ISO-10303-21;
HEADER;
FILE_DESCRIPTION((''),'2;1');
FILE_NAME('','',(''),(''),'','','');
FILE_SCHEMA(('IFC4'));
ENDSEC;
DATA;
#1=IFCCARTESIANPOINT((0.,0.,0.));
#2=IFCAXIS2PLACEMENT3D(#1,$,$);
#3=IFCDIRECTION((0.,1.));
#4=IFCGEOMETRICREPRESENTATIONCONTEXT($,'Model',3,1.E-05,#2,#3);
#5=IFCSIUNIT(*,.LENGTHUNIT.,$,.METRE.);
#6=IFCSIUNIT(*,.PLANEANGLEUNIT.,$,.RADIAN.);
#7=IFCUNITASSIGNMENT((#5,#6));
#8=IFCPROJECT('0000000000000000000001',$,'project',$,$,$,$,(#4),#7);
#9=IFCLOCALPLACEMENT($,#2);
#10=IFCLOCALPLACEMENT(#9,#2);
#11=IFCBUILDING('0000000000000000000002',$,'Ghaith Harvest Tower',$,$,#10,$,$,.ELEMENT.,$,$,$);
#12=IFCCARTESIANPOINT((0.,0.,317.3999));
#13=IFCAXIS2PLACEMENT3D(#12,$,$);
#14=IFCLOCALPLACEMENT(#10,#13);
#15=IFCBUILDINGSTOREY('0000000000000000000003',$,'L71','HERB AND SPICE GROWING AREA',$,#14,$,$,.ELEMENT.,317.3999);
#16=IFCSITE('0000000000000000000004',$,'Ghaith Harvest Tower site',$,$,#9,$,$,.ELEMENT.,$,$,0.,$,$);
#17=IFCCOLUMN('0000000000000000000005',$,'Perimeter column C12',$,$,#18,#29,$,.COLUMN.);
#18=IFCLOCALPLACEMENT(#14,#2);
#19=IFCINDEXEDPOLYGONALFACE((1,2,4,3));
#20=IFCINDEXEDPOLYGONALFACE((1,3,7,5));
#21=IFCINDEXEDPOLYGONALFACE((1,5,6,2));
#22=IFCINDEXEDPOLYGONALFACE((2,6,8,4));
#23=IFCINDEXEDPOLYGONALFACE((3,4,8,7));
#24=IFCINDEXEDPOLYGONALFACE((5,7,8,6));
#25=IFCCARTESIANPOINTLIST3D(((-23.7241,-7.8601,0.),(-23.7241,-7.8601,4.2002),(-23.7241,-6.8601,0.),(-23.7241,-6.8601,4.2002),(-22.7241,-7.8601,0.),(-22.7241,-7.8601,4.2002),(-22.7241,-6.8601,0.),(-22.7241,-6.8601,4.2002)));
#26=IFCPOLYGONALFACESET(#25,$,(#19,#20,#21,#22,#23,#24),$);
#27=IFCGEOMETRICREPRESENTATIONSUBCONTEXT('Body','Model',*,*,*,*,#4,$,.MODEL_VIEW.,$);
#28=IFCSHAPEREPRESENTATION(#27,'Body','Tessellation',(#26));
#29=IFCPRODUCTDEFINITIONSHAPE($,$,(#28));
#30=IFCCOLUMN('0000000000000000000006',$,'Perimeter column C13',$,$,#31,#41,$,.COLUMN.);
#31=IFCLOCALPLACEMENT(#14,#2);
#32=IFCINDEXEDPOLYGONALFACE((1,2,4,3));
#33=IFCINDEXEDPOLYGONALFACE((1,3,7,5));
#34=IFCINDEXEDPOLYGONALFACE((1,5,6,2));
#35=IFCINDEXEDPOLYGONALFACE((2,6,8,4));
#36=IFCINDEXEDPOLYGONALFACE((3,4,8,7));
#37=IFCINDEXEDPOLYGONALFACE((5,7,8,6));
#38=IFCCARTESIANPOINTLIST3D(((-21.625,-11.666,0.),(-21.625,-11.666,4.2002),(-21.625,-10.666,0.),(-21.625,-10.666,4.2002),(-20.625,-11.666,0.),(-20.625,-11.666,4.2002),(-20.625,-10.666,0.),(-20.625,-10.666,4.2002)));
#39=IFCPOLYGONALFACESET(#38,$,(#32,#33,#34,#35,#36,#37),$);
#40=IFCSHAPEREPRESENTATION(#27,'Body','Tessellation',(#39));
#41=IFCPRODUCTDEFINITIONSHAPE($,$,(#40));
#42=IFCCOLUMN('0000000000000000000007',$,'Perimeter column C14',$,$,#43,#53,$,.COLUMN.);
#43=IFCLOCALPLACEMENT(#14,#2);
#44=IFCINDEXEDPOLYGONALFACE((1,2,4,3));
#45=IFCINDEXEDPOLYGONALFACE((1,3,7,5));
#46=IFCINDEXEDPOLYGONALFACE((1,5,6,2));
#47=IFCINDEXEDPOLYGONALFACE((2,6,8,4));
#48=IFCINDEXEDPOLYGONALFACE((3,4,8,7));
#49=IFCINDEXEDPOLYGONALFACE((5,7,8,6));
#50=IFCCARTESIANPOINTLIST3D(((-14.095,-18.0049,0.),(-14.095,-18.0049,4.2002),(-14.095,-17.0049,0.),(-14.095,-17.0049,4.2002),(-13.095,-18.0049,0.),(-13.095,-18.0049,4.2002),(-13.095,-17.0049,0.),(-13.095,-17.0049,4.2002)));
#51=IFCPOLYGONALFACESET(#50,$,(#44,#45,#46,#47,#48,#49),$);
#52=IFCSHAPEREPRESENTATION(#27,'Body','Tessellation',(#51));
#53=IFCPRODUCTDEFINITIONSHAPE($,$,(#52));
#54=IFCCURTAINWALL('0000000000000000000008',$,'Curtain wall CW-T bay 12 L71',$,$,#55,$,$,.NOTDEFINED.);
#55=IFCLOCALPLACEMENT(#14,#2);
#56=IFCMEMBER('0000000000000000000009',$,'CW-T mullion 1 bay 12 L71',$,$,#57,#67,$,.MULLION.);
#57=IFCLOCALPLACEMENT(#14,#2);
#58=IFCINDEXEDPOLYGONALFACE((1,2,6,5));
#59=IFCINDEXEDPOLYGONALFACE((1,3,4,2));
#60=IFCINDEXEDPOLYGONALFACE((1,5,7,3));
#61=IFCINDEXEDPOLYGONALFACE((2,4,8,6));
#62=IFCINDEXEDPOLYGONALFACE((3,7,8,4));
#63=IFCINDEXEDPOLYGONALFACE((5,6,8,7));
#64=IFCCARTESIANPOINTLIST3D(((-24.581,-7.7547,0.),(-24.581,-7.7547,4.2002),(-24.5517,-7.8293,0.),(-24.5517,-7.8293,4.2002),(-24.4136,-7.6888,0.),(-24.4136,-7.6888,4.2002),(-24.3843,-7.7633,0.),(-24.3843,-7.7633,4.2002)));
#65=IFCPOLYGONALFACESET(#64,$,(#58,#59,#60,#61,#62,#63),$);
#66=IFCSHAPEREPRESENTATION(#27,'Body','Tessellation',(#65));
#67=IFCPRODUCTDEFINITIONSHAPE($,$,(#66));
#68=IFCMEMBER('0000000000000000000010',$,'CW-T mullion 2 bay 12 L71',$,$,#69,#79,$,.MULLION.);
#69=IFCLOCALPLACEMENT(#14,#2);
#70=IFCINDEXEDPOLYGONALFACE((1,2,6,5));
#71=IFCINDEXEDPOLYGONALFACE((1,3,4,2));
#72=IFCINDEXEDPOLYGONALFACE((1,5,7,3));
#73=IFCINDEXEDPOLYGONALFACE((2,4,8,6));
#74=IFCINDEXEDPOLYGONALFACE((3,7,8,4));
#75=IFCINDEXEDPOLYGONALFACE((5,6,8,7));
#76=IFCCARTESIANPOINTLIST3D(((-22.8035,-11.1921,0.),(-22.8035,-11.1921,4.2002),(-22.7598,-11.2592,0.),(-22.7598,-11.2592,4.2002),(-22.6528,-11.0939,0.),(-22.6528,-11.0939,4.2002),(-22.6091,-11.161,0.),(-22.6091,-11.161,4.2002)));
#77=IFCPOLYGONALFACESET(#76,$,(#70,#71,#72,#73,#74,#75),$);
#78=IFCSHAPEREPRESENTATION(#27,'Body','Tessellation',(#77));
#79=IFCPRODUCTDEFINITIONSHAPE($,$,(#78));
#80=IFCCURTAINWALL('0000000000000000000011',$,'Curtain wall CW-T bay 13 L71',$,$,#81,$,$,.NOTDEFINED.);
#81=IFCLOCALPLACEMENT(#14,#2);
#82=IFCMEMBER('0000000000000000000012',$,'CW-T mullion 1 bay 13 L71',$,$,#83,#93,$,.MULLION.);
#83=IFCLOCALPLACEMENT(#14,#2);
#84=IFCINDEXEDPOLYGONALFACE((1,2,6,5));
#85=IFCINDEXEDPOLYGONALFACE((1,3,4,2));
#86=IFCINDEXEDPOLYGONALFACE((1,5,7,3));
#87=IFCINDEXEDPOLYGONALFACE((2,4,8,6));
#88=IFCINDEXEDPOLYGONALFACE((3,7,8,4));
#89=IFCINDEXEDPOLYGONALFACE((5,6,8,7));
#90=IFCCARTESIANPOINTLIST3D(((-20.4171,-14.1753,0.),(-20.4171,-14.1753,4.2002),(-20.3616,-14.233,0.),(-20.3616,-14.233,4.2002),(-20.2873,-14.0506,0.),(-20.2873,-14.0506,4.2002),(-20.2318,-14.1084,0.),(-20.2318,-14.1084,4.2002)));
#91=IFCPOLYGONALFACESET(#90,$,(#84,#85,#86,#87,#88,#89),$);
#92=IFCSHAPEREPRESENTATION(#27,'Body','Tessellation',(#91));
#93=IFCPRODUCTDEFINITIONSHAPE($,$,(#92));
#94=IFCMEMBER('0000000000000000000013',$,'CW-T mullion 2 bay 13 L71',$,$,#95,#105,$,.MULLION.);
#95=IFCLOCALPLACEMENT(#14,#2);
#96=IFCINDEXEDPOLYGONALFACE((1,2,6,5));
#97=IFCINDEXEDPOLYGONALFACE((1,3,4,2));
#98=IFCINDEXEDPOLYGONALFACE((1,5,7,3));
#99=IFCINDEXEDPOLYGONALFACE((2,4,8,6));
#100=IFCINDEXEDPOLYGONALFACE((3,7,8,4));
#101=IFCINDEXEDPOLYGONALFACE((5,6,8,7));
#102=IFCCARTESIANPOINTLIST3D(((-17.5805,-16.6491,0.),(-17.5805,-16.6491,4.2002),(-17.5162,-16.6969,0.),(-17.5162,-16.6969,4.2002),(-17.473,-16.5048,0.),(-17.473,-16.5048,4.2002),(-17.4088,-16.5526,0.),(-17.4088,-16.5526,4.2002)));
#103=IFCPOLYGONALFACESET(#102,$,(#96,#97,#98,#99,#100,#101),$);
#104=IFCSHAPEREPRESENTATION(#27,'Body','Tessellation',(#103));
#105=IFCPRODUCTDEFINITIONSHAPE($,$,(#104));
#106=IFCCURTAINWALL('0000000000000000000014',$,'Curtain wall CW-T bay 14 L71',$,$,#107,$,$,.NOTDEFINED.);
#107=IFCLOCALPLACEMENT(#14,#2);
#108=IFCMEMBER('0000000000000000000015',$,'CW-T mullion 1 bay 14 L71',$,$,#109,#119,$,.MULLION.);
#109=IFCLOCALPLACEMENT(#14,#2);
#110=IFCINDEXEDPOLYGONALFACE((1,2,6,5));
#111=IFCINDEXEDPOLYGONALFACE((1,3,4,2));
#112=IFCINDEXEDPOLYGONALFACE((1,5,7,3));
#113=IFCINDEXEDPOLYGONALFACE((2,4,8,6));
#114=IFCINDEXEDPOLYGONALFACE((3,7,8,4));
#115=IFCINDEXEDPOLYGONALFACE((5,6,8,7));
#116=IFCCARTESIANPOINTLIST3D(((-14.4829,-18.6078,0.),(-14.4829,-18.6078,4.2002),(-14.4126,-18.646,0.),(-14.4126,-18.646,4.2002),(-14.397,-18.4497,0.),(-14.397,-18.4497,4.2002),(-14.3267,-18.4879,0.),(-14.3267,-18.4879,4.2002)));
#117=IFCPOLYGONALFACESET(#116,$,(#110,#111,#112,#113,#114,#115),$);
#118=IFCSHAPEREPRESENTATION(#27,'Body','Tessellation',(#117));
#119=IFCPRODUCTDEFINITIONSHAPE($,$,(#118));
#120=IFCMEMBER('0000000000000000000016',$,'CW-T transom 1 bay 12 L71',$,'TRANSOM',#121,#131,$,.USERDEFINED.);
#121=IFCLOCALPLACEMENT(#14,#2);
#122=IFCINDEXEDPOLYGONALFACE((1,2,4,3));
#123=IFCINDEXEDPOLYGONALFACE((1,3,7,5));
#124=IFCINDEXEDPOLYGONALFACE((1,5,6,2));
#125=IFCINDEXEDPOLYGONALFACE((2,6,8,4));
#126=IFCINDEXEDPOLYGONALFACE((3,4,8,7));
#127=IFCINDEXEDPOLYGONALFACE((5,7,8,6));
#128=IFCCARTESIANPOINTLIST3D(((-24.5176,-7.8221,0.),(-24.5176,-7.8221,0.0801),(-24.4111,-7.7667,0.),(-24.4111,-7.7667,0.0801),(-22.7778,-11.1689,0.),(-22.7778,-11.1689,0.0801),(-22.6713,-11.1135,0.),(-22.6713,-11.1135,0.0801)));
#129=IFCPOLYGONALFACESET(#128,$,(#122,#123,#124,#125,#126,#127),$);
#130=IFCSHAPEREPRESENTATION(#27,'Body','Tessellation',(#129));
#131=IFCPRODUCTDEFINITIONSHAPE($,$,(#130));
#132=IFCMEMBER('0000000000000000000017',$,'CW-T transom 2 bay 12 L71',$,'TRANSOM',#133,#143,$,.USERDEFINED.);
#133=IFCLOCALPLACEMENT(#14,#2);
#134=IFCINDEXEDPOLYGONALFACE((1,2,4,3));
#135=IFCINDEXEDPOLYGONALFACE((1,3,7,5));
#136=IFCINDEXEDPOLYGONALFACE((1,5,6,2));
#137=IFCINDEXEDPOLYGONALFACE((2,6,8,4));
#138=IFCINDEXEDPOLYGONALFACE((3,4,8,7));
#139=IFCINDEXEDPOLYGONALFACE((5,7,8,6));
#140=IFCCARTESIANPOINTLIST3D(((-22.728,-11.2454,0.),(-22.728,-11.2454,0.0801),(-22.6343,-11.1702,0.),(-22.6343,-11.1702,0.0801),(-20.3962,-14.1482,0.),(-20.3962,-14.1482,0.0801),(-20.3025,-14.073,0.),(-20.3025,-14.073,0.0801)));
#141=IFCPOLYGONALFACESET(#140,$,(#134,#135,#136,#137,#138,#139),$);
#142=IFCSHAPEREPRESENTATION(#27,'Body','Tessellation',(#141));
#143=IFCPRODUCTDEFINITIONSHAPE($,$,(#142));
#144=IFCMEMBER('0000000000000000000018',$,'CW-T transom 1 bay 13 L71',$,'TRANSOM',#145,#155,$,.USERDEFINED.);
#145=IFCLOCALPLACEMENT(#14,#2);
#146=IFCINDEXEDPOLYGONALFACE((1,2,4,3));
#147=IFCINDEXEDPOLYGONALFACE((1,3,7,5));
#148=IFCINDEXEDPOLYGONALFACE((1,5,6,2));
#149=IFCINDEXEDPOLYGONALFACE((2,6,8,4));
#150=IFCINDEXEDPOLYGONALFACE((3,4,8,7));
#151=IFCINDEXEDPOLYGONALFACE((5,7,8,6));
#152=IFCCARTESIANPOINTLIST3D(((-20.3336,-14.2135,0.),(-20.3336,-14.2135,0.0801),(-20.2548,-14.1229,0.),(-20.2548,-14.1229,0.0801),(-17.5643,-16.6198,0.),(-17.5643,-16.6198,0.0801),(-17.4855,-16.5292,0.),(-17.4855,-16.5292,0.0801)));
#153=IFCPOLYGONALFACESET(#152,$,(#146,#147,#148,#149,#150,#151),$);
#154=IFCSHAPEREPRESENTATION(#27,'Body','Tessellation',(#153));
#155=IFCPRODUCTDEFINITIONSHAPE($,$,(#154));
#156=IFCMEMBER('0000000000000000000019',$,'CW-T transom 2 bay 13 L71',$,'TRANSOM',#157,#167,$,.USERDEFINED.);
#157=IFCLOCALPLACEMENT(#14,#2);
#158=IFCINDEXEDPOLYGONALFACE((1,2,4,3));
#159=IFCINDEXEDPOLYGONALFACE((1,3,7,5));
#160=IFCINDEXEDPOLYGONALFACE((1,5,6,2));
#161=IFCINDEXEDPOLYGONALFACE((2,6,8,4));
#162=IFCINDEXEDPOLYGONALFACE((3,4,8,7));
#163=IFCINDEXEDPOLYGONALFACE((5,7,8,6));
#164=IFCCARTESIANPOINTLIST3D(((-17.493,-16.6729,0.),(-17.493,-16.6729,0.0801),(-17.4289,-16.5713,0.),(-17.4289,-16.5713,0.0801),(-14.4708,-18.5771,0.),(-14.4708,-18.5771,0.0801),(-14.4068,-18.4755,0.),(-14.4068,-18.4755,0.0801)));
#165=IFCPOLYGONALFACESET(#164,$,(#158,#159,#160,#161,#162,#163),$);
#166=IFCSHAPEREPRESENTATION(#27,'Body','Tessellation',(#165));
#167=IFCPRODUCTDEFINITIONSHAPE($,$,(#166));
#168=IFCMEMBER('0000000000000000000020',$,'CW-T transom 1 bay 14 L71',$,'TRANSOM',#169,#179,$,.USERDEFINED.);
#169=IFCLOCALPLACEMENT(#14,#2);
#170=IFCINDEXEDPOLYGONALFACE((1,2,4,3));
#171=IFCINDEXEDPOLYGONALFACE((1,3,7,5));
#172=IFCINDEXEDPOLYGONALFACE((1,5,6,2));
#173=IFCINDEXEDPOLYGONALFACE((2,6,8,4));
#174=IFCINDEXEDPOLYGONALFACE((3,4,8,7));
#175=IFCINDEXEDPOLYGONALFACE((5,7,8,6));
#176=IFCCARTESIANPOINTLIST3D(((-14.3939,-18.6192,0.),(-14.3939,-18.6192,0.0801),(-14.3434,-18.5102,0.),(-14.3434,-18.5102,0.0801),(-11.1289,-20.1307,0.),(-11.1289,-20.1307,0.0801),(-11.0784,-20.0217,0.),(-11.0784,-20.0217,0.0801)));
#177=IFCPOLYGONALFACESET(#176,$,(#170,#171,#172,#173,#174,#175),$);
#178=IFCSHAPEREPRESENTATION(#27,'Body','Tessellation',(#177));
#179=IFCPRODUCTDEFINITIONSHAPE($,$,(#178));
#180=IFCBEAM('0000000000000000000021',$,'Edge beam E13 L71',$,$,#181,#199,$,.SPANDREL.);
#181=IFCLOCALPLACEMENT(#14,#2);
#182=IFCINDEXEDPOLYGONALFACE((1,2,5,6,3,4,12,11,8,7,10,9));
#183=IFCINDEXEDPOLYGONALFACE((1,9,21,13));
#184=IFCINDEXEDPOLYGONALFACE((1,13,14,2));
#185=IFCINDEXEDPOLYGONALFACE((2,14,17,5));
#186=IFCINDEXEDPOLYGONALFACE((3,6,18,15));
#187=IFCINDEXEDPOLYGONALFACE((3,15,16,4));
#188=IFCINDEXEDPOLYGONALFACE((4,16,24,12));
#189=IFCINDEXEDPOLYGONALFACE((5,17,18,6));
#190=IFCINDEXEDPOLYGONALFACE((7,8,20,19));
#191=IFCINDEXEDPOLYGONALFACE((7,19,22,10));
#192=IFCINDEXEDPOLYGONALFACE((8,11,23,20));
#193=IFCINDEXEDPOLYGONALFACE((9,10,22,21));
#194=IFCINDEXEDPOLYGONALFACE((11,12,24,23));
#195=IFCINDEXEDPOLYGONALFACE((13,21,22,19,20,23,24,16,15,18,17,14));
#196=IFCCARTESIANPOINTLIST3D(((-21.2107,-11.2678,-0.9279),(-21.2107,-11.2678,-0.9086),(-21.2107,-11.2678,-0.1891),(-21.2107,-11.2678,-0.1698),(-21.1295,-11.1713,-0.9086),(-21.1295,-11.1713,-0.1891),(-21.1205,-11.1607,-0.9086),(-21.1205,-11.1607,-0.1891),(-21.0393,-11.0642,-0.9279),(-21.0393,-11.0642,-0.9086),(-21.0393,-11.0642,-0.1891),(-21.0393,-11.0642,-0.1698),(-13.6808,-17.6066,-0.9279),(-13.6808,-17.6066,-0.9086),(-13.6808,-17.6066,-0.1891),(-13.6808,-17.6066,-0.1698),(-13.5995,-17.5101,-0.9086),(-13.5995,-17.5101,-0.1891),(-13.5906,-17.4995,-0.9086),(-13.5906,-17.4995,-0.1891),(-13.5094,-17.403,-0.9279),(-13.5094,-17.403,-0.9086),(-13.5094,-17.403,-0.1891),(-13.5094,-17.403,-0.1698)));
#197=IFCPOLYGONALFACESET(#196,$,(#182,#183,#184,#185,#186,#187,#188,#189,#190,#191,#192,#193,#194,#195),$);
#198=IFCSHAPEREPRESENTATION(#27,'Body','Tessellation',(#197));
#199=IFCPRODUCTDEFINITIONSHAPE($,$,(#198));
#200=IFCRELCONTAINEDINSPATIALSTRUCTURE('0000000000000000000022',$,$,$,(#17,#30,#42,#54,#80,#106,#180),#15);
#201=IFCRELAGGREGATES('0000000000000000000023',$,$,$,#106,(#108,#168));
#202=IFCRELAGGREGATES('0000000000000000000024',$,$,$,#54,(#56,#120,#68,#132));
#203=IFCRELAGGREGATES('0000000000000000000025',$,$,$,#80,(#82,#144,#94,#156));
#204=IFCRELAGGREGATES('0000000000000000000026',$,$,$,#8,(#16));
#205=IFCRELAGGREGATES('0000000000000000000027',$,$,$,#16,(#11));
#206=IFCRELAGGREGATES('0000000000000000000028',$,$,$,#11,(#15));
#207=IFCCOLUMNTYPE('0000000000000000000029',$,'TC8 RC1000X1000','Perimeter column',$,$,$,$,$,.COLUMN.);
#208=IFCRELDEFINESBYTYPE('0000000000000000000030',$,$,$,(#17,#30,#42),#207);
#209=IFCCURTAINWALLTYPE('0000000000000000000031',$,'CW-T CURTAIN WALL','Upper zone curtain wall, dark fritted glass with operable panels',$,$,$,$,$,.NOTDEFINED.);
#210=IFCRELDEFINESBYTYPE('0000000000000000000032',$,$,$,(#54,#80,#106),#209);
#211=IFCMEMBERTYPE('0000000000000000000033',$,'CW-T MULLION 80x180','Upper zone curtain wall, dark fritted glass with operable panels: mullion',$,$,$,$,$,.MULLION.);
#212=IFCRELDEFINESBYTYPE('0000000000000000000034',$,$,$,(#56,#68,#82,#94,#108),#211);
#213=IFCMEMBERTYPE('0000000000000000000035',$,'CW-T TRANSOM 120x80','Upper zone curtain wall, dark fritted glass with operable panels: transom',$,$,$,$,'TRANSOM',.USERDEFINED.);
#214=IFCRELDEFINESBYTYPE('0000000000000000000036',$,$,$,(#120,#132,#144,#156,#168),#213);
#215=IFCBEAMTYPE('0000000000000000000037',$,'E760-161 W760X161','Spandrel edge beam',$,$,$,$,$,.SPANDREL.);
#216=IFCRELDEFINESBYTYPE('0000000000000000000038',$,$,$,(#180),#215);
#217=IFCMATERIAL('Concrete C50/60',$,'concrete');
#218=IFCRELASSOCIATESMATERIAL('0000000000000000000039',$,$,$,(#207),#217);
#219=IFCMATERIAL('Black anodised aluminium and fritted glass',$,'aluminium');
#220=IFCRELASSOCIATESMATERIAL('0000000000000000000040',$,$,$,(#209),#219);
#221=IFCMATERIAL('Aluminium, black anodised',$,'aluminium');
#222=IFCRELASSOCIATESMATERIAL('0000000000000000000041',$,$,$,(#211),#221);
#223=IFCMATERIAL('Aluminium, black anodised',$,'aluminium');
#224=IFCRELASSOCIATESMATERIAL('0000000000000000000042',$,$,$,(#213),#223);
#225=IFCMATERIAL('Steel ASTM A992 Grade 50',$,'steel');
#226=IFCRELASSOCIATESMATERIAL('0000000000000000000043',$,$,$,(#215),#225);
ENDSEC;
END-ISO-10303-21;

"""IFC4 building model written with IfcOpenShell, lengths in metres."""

from ifc_helpers import new_model, si_unit, direction, frame, origin, origin_2d, place, context, subcontext, project, spatial, rectangle, i_section, extrude, material, material_profile, profile_set, type_object, element, aggregate, save


model = new_model("IFC4")

# Units and contexts
model_context = context("Model", 3, precision=1e-05, world=origin(), true_north=direction((0.0, 1.0)))
body_context = subcontext(model_context, "Body", "Model", "MODEL_VIEW")
ifc_project = project(units=[si_unit("LENGTHUNIT", "METRE"), si_unit("PLANEANGLEUNIT", "RADIAN")], contexts=[model_context])

# Site, building, storey
site_placement = place(None, origin())
site = spatial("IfcSite", under=ifc_project, at=site_placement, Name="Ghaith Harvest Tower site", CompositionType="ELEMENT", RefElevation=0.0)
building_placement = place(site_placement, origin())
building = spatial("IfcBuilding", under=site, at=building_placement, Name="Ghaith Harvest Tower", CompositionType="ELEMENT")
storey_placement = place(building_placement, frame((0.0, 0.0, 317.3999)))
storey = spatial("IfcBuildingStorey", under=building, at=storey_placement, Name="L71", Description="HERB AND SPICE GROWING AREA", CompositionType="ELEMENT", Elevation=317.3999)

# Columns
ifc_material_1 = material(Name="Concrete C50/60", Category="concrete")
ifc_material_profile_1 = material_profile(ifc_material_1, rectangle(XDim=1.0, YDim=1.0, at=origin_2d()), Name="RC1000X1000")
ifc_profile_set_1 = profile_set([ifc_material_profile_1], Name="Concrete C50/60")
column_type = type_object("IfcColumnType", Name="TC8 RC1000X1000", Description="Perimeter column", PredefinedType="COLUMN", material=ifc_profile_set_1)
for number, where, z_axis, x_axis, name in (
    (1, (-23.2241, -7.3601, 0.0), (0.0, 0.0, 1.0), (1.0, 0.0, 0.0), "Perimeter column C12"),
    (2, (-21.125, -11.166, 0.0), (0.0, 0.0, 1.0), (1.0, 0.0, 0.0), "Perimeter column C13"),
    (3, (-13.595, -17.5049, 0.0), (0.0, 0.0, 1.0), (1.0, 0.0, 0.0), "Perimeter column C14"),
):
    element("IfcColumn", number, at=place(storey_placement, frame(where, z_axis=z_axis, x_axis=x_axis)), inside=storey, type_object=column_type, Name=name, PredefinedType="COLUMN", context=body_context, shape_type="SweptSolid", body=[
        extrude(rectangle(XDim=1.0, YDim=1.0, at=origin_2d()), origin(), (0.0, 0.0, 1.0), 4.2002),
    ])

# Curtain walls, members
ifc_material_2 = material(Name="Black anodised aluminium and fritted glass", Category="aluminium")
curtain_wall_type = type_object("IfcCurtainWallType", Name="CW-T CURTAIN WALL", Description="Upper zone curtain wall, dark fritted glass with operable panels", PredefinedType="NOTDEFINED", material=ifc_material_2)
curtain_wall_1_placement = place(storey_placement, origin())
curtain_wall_1 = element("IfcCurtainWall", 4, at=curtain_wall_1_placement, inside=storey, type_object=curtain_wall_type, Name="Curtain wall CW-T bay 12 L71", PredefinedType="NOTDEFINED")
ifc_material_3 = material(Name="Aluminium, black anodised", Category="aluminium")
ifc_material_profile_2 = material_profile(ifc_material_3, rectangle(XDim=0.0801, YDim=0.1799, at=origin_2d()), Name="CW-T MULLION 80x180")
ifc_profile_set_2 = profile_set([ifc_material_profile_2], Name="Aluminium, black anodised")
member_type_1 = type_object("IfcMemberType", Name="CW-T MULLION 80x180", Description="Upper zone curtain wall, dark fritted glass with operable panels: mullion", PredefinedType="MULLION", material=ifc_profile_set_2)
member_1_placement = place(storey_placement, frame((-24.4827, -7.759, 0.0), z_axis=(0.0, 0.0, 1.0), x_axis=(0.366473, -0.930429, 0.0)))
member_1 = element("IfcMember", 5, at=member_1_placement, type_object=member_type_1, Name="CW-T mullion 1 bay 12 L71", PredefinedType="MULLION", context=body_context, shape_type="SweptSolid", body=[
    extrude(rectangle(XDim=0.0801, YDim=0.1799, at=origin_2d()), origin(), (0.0, 0.0, 1.0), 4.2002),
])
member_2_placement = place(storey_placement, frame((-22.7063, -11.1765, 0.0), z_axis=(0.0, 0.0, 1.0), x_axis=(0.545865, -0.837873, 0.0)))
member_2 = element("IfcMember", 6, at=member_2_placement, type_object=member_type_1, Name="CW-T mullion 2 bay 12 L71", PredefinedType="MULLION", context=body_context, shape_type="SweptSolid", body=[
    extrude(rectangle(XDim=0.0801, YDim=0.1799, at=origin_2d()), origin(), (0.0, 0.0, 1.0), 4.2002),
])
curtain_wall_2_placement = place(storey_placement, origin())
curtain_wall_2 = element("IfcCurtainWall", 7, at=curtain_wall_2_placement, inside=storey, type_object=curtain_wall_type, Name="Curtain wall CW-T bay 13 L71", PredefinedType="NOTDEFINED")
member_3_placement = place(storey_placement, frame((-20.3245, -14.1418, 0.0), z_axis=(0.0, 0.0, 1.0), x_axis=(0.692826, -0.721104, 0.0)))
member_3 = element("IfcMember", 8, at=member_3_placement, type_object=member_type_1, Name="CW-T mullion 1 bay 13 L71", PredefinedType="MULLION", context=body_context, shape_type="SweptSolid", body=[
    extrude(rectangle(XDim=0.0801, YDim=0.1799, at=origin_2d()), origin(), (0.0, 0.0, 1.0), 4.2002),
])
member_4_placement = place(storey_placement, frame((-17.4946, -16.6008, 0.0), z_axis=(0.0, 0.0, 1.0), x_axis=(0.80219, -0.597069, 0.0)))
member_4 = element("IfcMember", 9, at=member_4_placement, type_object=member_type_1, Name="CW-T mullion 2 bay 13 L71", PredefinedType="MULLION", context=body_context, shape_type="SweptSolid", body=[
    extrude(rectangle(XDim=0.0801, YDim=0.1799, at=origin_2d()), origin(), (0.0, 0.0, 1.0), 4.2002),
])

# Curtain wall, member
curtain_wall_3_placement = place(storey_placement, origin())
curtain_wall_3 = element("IfcCurtainWall", 10, at=curtain_wall_3_placement, inside=storey, type_object=curtain_wall_type, Name="Curtain wall CW-T bay 14 L71", PredefinedType="NOTDEFINED")
member_5_placement = place(storey_placement, frame((-14.4048, -18.5479, 0.0), z_axis=(0.0, 0.0, 1.0), x_axis=(0.878672, -0.477426, 0.0)))
member_5 = element("IfcMember", 11, at=member_5_placement, type_object=member_type_1, Name="CW-T mullion 1 bay 14 L71", PredefinedType="MULLION", context=body_context, shape_type="SweptSolid", body=[
    extrude(rectangle(XDim=0.0801, YDim=0.1799, at=origin_2d()), origin(), (0.0, 0.0, 1.0), 4.2002),
])

# Members
ifc_material_4 = material(Name="Aluminium, black anodised", Category="aluminium")
ifc_material_profile_3 = material_profile(ifc_material_4, rectangle(XDim=0.1201, YDim=0.0801, at=origin_2d()), Name="CW-T TRANSOM 120x80")
ifc_profile_set_3 = profile_set([ifc_material_profile_3], Name="Aluminium, black anodised")
member_type_2 = type_object("IfcMemberType", Name="CW-T TRANSOM 120x80", Description="Upper zone curtain wall, dark fritted glass with operable panels: transom", ElementType="TRANSOM", PredefinedType="USERDEFINED", material=ifc_profile_set_3)
member_6_placement = place(storey_placement, frame((-24.4644, -7.7944, 0.04), z_axis=(0.461243, -0.887274, 0.0), x_axis=(0.887274, 0.461243, 0.0)))
member_6 = element("IfcMember", 12, at=member_6_placement, type_object=member_type_2, Name="CW-T transom 1 bay 12 L71", ObjectType="TRANSOM", PredefinedType="USERDEFINED", context=body_context, shape_type="SweptSolid", body=[
    extrude(rectangle(XDim=0.1201, YDim=0.0801, at=origin_2d()), origin(), (0.0, 0.0, 1.0), 3.772),
])
member_7_placement = place(storey_placement, frame((-22.6812, -11.2078, 0.04), z_axis=(0.626253, -0.77962, 0.0), x_axis=(0.77962, 0.626253, 0.0)))
member_7 = element("IfcMember", 13, at=member_7_placement, type_object=member_type_2, Name="CW-T transom 2 bay 12 L71", ObjectType="TRANSOM", PredefinedType="USERDEFINED", context=body_context, shape_type="SweptSolid", body=[
    extrude(rectangle(XDim=0.1201, YDim=0.0801, at=origin_2d()), origin(), (0.0, 0.0, 1.0), 3.7234),
])
member_8_placement = place(storey_placement, frame((-20.2942, -14.1682, 0.04), z_axis=(0.754852, -0.655895, 0.0), x_axis=(0.655895, 0.754852, 0.0)))
member_8 = element("IfcMember", 14, at=member_8_placement, type_object=member_type_2, Name="CW-T transom 1 bay 13 L71", ObjectType="TRANSOM", PredefinedType="USERDEFINED", context=body_context, shape_type="SweptSolid", body=[
    extrude(rectangle(XDim=0.1201, YDim=0.0801, at=origin_2d()), origin(), (0.0, 0.0, 1.0), 3.6687),
])
member_9_placement = place(storey_placement, frame((-17.4609, -16.6221, 0.04), z_axis=(0.846054, -0.533098, 0.0), x_axis=(0.533098, 0.846054, 0.0)))
member_9 = element("IfcMember", 15, at=member_9_placement, type_object=member_type_2, Name="CW-T transom 2 bay 13 L71", ObjectType="TRANSOM", PredefinedType="USERDEFINED", context=body_context, shape_type="SweptSolid", body=[
    extrude(rectangle(XDim=0.1201, YDim=0.0801, at=origin_2d()), origin(), (0.0, 0.0, 1.0), 3.572),
])
member_10_placement = place(storey_placement, frame((-14.3687, -18.5647, 0.04), z_axis=(0.907472, -0.420112, 0.0), x_axis=(0.420112, 0.907472, 0.0)))
member_10 = element("IfcMember", 16, at=member_10_placement, type_object=member_type_2, Name="CW-T transom 1 bay 14 L71", ObjectType="TRANSOM", PredefinedType="USERDEFINED", context=body_context, shape_type="SweptSolid", body=[
    extrude(rectangle(XDim=0.1201, YDim=0.0801, at=origin_2d()), origin(), (0.0, 0.0, 1.0), 3.5979),
])
aggregate(curtain_wall_3, [member_5, member_10])

# Beam
ifc_material_5 = material(Name="Steel ASTM A992 Grade 50", Category="steel")
ifc_material_profile_4 = material_profile(ifc_material_5, i_section(OverallWidth=0.2661, OverallDepth=0.7581, WebThickness=0.0139, FlangeThickness=0.0193, at=origin_2d()), Name="W760X161")
ifc_profile_set_4 = profile_set([ifc_material_profile_4], Name="Steel ASTM A992 Grade 50")
beam_type = type_object("IfcBeamType", Name="E760-161 W760X161", Description="Spandrel edge beam", PredefinedType="SPANDREL", material=ifc_profile_set_4)
beam_1_placement = place(storey_placement, frame((-21.125, -11.166, -0.5488), z_axis=(0.765022, -0.644004, 0.0), x_axis=(0.644004, 0.765022, 0.0)))
element("IfcBeam", 17, at=beam_1_placement, inside=storey, type_object=beam_type, Name="Edge beam E13 L71", PredefinedType="SPANDREL", context=body_context, shape_type="SweptSolid", body=[
    extrude(i_section(OverallWidth=0.2661, OverallDepth=0.7581, WebThickness=0.0139, FlangeThickness=0.0193, at=origin_2d()), origin(), (0.0, 0.0, 1.0), 9.8428),
])

aggregate(curtain_wall_1, [member_1, member_6, member_2, member_7])
aggregate(curtain_wall_2, [member_3, member_8, member_4, member_9])

save(model, "model.ifc")
